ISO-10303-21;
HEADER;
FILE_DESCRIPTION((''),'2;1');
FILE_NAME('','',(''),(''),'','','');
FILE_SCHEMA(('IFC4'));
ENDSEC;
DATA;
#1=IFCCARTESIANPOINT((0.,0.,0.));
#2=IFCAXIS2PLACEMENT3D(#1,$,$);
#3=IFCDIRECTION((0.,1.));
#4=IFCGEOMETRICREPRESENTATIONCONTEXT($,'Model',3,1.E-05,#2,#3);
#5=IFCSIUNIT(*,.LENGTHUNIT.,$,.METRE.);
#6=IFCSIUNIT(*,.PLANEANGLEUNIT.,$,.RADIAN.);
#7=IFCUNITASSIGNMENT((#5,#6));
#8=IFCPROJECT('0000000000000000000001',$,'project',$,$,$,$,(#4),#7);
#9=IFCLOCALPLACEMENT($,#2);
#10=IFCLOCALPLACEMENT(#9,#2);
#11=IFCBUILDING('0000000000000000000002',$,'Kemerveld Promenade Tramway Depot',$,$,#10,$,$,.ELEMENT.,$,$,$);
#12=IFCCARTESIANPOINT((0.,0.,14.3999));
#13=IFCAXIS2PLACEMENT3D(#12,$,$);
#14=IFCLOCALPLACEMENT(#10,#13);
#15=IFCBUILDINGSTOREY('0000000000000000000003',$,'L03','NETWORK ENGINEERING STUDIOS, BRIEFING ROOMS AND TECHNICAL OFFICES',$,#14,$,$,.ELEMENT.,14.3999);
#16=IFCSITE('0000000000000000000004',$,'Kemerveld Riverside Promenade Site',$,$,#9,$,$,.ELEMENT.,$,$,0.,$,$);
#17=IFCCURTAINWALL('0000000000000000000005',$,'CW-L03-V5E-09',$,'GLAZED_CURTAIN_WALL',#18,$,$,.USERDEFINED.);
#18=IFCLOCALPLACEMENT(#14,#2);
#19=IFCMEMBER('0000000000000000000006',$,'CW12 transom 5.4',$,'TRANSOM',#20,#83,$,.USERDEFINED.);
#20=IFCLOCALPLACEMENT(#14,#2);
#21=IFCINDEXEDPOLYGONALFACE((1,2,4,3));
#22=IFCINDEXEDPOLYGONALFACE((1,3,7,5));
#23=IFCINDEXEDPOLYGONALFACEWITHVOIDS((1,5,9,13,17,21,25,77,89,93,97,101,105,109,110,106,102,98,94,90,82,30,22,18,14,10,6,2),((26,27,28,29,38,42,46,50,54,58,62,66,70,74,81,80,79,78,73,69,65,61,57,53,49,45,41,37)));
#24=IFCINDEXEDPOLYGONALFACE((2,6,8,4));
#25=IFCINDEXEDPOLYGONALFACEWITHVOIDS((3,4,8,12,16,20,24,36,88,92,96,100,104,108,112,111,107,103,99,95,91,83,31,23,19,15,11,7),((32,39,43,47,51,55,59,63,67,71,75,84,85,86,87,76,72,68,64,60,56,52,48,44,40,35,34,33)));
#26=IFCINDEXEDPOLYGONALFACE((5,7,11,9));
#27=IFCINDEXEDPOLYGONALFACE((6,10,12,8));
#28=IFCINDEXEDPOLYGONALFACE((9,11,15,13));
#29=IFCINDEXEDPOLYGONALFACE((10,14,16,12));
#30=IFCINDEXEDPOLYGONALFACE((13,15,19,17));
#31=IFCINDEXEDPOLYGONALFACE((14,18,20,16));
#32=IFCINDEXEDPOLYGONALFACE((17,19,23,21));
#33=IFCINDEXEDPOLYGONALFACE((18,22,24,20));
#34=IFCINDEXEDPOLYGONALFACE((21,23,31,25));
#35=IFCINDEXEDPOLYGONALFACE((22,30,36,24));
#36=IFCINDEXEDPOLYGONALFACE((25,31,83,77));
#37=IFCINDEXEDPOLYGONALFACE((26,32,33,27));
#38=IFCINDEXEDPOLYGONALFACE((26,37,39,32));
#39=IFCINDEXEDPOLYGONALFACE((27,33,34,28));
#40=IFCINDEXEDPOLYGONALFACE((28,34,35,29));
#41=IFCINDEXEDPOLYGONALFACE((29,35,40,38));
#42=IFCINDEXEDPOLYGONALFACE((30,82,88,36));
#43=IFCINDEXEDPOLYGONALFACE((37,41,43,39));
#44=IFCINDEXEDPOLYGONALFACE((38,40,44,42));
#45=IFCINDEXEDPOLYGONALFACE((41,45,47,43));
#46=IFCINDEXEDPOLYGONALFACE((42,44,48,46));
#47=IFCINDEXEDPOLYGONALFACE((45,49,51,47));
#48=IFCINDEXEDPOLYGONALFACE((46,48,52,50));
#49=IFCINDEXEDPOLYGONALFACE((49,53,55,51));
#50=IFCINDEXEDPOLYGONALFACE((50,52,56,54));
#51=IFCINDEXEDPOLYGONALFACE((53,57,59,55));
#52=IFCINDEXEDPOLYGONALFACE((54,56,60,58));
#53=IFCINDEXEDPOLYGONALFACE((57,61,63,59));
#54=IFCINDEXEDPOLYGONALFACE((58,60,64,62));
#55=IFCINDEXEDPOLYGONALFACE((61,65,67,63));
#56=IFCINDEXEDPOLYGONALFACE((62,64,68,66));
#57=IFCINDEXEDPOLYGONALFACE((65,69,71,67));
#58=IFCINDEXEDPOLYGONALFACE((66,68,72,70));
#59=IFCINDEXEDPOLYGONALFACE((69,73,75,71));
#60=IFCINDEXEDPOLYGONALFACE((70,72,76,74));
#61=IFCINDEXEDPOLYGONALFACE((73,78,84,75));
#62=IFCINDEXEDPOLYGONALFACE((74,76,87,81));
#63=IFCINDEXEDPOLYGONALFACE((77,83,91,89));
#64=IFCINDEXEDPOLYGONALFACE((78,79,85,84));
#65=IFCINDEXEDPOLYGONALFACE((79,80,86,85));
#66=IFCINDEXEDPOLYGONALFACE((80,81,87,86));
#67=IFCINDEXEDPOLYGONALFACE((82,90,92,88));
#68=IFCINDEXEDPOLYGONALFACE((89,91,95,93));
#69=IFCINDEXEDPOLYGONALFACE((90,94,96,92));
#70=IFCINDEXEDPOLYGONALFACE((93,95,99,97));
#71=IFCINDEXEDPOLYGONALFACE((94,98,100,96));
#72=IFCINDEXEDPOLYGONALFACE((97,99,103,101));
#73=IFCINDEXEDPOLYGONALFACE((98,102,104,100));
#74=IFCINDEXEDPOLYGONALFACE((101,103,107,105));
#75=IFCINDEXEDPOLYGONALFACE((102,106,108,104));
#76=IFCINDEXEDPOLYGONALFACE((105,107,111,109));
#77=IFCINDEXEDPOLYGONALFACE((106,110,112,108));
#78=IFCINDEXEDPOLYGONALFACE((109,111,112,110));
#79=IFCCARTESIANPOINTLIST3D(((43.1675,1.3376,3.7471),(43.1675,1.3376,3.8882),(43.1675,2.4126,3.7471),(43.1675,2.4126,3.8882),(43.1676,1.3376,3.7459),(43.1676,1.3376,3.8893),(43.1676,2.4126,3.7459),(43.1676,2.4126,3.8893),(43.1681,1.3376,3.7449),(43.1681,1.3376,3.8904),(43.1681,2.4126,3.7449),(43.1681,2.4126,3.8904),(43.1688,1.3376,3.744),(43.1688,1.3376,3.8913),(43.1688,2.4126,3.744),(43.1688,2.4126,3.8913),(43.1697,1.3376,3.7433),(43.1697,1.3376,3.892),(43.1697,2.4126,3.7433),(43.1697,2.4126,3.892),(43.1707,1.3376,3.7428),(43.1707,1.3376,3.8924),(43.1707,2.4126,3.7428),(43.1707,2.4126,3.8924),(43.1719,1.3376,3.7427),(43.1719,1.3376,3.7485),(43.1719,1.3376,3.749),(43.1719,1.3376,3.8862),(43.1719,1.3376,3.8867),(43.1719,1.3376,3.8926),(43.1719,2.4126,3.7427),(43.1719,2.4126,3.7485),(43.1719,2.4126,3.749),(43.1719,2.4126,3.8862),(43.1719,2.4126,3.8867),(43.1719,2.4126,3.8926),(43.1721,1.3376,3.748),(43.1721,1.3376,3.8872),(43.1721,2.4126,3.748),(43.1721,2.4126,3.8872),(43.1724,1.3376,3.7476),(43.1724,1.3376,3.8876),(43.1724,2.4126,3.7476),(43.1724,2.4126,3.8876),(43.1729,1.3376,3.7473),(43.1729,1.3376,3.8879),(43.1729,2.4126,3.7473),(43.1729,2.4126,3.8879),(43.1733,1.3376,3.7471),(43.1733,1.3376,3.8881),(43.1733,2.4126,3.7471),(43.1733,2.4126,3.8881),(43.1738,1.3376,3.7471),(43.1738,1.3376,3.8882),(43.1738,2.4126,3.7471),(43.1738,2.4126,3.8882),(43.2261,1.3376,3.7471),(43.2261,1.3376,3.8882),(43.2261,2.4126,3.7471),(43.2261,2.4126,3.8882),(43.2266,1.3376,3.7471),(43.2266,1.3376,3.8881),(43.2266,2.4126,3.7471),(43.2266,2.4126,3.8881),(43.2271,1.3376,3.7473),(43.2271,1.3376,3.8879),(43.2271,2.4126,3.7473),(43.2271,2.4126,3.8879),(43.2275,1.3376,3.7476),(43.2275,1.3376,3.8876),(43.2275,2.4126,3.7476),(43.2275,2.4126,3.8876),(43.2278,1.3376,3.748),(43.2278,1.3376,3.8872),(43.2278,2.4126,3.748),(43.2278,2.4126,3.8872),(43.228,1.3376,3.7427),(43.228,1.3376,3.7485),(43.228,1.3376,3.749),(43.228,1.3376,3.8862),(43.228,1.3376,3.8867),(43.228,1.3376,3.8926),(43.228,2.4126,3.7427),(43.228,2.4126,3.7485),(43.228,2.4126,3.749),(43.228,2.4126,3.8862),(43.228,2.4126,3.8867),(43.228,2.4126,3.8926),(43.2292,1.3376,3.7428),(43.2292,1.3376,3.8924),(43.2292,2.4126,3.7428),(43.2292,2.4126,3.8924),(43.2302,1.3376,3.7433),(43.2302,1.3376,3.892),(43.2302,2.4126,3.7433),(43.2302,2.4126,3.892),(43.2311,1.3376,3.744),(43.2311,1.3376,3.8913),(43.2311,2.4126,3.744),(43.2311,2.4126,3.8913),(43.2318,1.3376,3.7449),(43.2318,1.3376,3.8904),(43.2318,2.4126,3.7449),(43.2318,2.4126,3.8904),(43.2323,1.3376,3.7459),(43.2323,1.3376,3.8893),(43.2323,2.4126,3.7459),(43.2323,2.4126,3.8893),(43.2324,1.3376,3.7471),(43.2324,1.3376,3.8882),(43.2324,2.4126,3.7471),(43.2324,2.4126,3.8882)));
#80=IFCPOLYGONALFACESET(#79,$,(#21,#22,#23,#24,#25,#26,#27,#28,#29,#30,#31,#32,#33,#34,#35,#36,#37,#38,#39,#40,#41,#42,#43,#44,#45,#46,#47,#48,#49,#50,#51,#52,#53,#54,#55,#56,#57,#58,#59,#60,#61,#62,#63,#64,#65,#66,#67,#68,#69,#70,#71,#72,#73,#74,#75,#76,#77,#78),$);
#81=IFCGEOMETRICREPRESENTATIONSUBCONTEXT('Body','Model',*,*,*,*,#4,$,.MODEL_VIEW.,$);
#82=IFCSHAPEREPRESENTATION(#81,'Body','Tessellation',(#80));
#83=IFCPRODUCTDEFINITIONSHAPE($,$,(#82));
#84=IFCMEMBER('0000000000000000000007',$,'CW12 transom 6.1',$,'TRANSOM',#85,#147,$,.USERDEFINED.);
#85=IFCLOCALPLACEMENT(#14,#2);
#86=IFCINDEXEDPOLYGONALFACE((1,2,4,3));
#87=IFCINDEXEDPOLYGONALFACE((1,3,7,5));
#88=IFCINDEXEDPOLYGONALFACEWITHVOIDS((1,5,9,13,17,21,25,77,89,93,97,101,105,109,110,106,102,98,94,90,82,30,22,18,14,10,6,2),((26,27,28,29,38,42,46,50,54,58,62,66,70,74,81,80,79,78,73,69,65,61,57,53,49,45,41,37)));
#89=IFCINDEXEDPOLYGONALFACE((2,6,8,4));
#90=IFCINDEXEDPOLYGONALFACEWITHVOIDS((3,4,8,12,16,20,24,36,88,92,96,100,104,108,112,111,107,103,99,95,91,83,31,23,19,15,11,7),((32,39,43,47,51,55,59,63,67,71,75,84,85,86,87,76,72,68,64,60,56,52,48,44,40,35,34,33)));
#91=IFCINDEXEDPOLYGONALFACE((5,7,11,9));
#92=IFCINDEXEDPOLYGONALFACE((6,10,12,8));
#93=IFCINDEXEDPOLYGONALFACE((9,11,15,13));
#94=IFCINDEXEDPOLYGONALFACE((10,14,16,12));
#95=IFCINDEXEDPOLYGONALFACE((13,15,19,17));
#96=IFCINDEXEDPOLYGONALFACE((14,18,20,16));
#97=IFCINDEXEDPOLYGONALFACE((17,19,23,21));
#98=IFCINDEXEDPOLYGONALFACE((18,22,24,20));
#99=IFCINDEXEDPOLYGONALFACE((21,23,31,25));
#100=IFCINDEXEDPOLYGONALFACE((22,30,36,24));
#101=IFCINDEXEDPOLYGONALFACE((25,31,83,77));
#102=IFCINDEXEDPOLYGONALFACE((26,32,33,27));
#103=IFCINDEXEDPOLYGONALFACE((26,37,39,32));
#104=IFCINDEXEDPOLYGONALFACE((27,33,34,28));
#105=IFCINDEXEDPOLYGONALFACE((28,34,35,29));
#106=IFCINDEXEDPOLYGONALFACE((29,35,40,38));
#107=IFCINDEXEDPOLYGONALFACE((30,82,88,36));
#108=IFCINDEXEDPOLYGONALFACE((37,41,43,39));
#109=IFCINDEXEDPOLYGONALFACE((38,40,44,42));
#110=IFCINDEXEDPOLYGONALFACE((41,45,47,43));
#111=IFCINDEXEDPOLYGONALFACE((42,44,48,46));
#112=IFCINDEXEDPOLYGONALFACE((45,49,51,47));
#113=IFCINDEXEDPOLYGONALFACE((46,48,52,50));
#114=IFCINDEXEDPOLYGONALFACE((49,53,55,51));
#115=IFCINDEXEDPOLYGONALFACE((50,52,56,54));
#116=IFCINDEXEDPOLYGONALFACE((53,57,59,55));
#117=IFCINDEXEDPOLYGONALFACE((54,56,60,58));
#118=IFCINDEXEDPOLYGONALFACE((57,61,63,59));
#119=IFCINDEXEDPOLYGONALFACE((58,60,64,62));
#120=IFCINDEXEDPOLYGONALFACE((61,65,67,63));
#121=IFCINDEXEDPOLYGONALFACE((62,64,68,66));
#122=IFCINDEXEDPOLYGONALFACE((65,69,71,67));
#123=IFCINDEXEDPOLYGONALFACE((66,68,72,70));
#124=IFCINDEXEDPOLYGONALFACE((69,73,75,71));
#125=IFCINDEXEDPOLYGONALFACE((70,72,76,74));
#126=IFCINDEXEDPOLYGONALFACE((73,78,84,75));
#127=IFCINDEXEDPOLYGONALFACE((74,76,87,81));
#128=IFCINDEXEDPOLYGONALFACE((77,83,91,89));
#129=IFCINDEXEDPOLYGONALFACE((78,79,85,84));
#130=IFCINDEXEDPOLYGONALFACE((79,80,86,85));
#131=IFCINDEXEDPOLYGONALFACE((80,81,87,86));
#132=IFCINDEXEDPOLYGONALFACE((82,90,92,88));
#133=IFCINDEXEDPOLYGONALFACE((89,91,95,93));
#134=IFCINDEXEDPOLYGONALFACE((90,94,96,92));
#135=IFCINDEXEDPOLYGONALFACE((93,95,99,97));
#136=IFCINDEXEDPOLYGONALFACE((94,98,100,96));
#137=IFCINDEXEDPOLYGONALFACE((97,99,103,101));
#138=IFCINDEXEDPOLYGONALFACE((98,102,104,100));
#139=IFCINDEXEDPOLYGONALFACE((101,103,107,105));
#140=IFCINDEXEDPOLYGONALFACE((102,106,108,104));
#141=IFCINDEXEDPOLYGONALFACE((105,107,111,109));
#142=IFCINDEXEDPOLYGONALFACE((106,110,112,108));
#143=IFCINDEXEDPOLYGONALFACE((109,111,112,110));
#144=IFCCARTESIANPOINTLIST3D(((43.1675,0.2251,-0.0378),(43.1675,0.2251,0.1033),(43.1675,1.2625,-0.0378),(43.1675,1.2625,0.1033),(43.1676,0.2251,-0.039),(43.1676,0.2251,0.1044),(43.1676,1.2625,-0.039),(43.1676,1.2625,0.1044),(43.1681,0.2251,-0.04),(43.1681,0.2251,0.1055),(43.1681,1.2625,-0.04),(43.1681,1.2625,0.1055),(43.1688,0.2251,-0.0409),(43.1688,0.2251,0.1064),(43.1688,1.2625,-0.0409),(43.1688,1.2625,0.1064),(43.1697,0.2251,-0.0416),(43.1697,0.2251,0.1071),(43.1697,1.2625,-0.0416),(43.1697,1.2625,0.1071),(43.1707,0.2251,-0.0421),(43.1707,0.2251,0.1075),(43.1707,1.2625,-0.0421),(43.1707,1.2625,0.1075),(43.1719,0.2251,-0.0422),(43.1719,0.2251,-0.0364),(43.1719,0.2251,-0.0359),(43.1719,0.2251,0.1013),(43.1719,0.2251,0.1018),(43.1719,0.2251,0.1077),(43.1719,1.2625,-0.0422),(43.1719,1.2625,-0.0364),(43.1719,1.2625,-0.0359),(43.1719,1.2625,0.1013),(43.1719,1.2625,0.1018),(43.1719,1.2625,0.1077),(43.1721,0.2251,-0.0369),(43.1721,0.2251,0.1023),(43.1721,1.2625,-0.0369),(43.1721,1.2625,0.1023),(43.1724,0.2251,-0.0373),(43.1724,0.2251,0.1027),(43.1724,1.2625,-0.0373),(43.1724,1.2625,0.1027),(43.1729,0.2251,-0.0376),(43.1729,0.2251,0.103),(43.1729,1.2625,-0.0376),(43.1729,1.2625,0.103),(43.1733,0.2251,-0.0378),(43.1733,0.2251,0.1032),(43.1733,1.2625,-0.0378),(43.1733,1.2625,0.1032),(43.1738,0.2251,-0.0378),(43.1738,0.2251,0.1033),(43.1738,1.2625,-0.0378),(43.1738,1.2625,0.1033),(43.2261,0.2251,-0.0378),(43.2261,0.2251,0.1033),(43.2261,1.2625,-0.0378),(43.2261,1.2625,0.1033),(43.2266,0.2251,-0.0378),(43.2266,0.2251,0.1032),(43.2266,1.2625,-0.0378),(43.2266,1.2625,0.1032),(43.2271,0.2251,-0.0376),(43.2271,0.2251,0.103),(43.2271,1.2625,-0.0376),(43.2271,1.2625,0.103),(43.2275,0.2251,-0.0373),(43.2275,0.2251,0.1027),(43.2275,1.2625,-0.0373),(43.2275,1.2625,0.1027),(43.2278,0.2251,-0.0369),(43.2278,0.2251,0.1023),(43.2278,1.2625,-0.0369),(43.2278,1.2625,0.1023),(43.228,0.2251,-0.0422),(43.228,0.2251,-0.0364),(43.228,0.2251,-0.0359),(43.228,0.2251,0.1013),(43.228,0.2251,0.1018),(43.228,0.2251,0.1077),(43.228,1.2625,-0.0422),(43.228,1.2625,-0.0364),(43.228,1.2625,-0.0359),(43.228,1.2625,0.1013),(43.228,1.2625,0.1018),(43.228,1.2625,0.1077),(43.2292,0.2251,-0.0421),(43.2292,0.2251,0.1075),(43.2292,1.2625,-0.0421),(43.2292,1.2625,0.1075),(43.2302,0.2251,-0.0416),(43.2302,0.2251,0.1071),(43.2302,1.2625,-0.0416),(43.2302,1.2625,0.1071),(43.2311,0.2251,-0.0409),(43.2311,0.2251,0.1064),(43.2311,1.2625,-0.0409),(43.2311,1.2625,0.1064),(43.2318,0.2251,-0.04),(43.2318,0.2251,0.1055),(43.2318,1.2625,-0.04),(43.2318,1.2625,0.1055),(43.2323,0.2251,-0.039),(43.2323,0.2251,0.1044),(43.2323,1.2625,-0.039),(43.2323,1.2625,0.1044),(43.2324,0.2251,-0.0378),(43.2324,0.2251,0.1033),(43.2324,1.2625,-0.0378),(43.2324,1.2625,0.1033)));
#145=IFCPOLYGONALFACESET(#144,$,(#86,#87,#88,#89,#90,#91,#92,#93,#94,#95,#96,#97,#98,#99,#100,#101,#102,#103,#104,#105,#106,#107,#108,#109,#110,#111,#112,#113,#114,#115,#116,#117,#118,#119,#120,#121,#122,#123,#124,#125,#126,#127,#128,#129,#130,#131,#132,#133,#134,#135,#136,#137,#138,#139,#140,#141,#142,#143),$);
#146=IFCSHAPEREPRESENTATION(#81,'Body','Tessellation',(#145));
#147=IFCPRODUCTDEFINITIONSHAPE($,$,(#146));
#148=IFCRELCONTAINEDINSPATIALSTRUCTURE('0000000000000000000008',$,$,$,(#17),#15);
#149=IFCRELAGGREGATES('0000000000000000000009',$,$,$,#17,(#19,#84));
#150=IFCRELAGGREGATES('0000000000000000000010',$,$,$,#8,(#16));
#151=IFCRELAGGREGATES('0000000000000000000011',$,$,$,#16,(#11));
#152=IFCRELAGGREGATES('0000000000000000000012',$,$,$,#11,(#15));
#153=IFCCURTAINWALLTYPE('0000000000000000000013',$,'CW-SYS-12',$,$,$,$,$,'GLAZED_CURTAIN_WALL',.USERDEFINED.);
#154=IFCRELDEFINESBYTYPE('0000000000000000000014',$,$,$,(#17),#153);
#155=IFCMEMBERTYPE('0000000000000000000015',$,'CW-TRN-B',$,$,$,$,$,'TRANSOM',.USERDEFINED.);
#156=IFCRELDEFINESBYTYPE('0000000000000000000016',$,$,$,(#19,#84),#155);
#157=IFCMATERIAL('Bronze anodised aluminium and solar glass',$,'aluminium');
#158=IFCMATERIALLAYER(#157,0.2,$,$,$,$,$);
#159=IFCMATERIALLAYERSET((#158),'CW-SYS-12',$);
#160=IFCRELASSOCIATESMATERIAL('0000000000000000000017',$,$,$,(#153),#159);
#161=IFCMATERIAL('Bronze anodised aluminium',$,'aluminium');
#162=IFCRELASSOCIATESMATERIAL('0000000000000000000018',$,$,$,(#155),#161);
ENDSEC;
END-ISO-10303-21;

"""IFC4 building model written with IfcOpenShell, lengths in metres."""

from ifc_helpers import new_model, si_unit, direction, frame, origin, origin_2d, place, context, subcontext, project, spatial, hollow_rectangle, extrude, material, layer, layer_set, material_profile, profile_set, type_object, element, aggregate, save


model = new_model("IFC4")

# Units and contexts
model_context = context("Model", 3, precision=1e-05, world=origin(), true_north=direction((0.0, 1.0)))
body_context = subcontext(model_context, "Body", "Model", "MODEL_VIEW")
ifc_project = project(units=[si_unit("LENGTHUNIT", "METRE"), si_unit("PLANEANGLEUNIT", "RADIAN")], contexts=[model_context])

# Site, building, storey
site_placement = place(None, origin())
site = spatial("IfcSite", under=ifc_project, at=site_placement, Name="Kemerveld Riverside Promenade Site", CompositionType="ELEMENT", RefElevation=0.0)
building_placement = place(site_placement, origin())
building = spatial("IfcBuilding", under=site, at=building_placement, Name="Kemerveld Promenade Tramway Depot", CompositionType="ELEMENT")
storey_placement = place(building_placement, frame((0.0, 0.0, 14.3999)))
storey = spatial("IfcBuildingStorey", under=building, at=storey_placement, Name="L03", Description="NETWORK ENGINEERING STUDIOS, BRIEFING ROOMS AND TECHNICAL OFFICES", CompositionType="ELEMENT", Elevation=14.3999)

# Curtain wall, members
ifc_material_1 = material(Name="Bronze anodised aluminium and solar glass", Category="aluminium")
ifc_layer_1 = layer(ifc_material_1, 0.2)
ifc_layer_set_1 = layer_set([ifc_layer_1], Name="CW-SYS-12")
curtain_wall_type = type_object("IfcCurtainWallType", Name="CW-SYS-12", ElementType="GLAZED_CURTAIN_WALL", PredefinedType="USERDEFINED", material=ifc_layer_set_1)
curtain_wall_placement = place(storey_placement, origin())
curtain_wall = element("IfcCurtainWall", 1, at=curtain_wall_placement, inside=storey, type_object=curtain_wall_type, Name="CW-L03-V5E-09", ObjectType="GLAZED_CURTAIN_WALL", PredefinedType="USERDEFINED")
ifc_material_2 = material(Name="Bronze anodised aluminium", Category="aluminium")
ifc_material_profile_1 = material_profile(ifc_material_2, hollow_rectangle(XDim=0.0649, YDim=0.1499, WallThickness=0.0044, InnerFilletRadius=0.002, OuterFilletRadius=0.0044, at=origin_2d()), Name="CW-TRN-150x65")
ifc_profile_set_1 = profile_set([ifc_material_profile_1], Name="Bronze anodised aluminium")
member_type_1 = type_object("IfcMemberType", Name="CW-TRN-B", ElementType="TRANSOM", PredefinedType="USERDEFINED", material=ifc_profile_set_1)
member_1_placement = place(storey_placement, frame((43.2, 2.4126, 3.8176), z_axis=(0.0, -1.0, 0.0), x_axis=(1.0, 0.0, 0.0)))
member_1 = element("IfcMember", 2, at=member_1_placement, type_object=member_type_1, Name="CW12 transom 5.4", ObjectType="TRANSOM", PredefinedType="USERDEFINED", context=body_context, shape_type="SweptSolid", body=[
    extrude(hollow_rectangle(XDim=0.0649, YDim=0.1499, WallThickness=0.0044, InnerFilletRadius=0.002, OuterFilletRadius=0.0044, at=origin_2d()), origin(), (0.0, 0.0, 1.0), 1.075),
])
member_2_placement = place(storey_placement, frame((43.2, 1.2625, 0.0327), z_axis=(0.0, -1.0, 0.0), x_axis=(1.0, 0.0, 0.0)))
member_2 = element("IfcMember", 3, at=member_2_placement, type_object=member_type_1, Name="CW12 transom 6.1", ObjectType="TRANSOM", PredefinedType="USERDEFINED", context=body_context, shape_type="SweptSolid", body=[
    extrude(hollow_rectangle(XDim=0.0649, YDim=0.1499, WallThickness=0.0044, InnerFilletRadius=0.002, OuterFilletRadius=0.0044, at=origin_2d()), origin(), (0.0, 0.0, 1.0), 1.0374),
])
aggregate(curtain_wall, [member_1, member_2])

save(model, "model.ifc")
